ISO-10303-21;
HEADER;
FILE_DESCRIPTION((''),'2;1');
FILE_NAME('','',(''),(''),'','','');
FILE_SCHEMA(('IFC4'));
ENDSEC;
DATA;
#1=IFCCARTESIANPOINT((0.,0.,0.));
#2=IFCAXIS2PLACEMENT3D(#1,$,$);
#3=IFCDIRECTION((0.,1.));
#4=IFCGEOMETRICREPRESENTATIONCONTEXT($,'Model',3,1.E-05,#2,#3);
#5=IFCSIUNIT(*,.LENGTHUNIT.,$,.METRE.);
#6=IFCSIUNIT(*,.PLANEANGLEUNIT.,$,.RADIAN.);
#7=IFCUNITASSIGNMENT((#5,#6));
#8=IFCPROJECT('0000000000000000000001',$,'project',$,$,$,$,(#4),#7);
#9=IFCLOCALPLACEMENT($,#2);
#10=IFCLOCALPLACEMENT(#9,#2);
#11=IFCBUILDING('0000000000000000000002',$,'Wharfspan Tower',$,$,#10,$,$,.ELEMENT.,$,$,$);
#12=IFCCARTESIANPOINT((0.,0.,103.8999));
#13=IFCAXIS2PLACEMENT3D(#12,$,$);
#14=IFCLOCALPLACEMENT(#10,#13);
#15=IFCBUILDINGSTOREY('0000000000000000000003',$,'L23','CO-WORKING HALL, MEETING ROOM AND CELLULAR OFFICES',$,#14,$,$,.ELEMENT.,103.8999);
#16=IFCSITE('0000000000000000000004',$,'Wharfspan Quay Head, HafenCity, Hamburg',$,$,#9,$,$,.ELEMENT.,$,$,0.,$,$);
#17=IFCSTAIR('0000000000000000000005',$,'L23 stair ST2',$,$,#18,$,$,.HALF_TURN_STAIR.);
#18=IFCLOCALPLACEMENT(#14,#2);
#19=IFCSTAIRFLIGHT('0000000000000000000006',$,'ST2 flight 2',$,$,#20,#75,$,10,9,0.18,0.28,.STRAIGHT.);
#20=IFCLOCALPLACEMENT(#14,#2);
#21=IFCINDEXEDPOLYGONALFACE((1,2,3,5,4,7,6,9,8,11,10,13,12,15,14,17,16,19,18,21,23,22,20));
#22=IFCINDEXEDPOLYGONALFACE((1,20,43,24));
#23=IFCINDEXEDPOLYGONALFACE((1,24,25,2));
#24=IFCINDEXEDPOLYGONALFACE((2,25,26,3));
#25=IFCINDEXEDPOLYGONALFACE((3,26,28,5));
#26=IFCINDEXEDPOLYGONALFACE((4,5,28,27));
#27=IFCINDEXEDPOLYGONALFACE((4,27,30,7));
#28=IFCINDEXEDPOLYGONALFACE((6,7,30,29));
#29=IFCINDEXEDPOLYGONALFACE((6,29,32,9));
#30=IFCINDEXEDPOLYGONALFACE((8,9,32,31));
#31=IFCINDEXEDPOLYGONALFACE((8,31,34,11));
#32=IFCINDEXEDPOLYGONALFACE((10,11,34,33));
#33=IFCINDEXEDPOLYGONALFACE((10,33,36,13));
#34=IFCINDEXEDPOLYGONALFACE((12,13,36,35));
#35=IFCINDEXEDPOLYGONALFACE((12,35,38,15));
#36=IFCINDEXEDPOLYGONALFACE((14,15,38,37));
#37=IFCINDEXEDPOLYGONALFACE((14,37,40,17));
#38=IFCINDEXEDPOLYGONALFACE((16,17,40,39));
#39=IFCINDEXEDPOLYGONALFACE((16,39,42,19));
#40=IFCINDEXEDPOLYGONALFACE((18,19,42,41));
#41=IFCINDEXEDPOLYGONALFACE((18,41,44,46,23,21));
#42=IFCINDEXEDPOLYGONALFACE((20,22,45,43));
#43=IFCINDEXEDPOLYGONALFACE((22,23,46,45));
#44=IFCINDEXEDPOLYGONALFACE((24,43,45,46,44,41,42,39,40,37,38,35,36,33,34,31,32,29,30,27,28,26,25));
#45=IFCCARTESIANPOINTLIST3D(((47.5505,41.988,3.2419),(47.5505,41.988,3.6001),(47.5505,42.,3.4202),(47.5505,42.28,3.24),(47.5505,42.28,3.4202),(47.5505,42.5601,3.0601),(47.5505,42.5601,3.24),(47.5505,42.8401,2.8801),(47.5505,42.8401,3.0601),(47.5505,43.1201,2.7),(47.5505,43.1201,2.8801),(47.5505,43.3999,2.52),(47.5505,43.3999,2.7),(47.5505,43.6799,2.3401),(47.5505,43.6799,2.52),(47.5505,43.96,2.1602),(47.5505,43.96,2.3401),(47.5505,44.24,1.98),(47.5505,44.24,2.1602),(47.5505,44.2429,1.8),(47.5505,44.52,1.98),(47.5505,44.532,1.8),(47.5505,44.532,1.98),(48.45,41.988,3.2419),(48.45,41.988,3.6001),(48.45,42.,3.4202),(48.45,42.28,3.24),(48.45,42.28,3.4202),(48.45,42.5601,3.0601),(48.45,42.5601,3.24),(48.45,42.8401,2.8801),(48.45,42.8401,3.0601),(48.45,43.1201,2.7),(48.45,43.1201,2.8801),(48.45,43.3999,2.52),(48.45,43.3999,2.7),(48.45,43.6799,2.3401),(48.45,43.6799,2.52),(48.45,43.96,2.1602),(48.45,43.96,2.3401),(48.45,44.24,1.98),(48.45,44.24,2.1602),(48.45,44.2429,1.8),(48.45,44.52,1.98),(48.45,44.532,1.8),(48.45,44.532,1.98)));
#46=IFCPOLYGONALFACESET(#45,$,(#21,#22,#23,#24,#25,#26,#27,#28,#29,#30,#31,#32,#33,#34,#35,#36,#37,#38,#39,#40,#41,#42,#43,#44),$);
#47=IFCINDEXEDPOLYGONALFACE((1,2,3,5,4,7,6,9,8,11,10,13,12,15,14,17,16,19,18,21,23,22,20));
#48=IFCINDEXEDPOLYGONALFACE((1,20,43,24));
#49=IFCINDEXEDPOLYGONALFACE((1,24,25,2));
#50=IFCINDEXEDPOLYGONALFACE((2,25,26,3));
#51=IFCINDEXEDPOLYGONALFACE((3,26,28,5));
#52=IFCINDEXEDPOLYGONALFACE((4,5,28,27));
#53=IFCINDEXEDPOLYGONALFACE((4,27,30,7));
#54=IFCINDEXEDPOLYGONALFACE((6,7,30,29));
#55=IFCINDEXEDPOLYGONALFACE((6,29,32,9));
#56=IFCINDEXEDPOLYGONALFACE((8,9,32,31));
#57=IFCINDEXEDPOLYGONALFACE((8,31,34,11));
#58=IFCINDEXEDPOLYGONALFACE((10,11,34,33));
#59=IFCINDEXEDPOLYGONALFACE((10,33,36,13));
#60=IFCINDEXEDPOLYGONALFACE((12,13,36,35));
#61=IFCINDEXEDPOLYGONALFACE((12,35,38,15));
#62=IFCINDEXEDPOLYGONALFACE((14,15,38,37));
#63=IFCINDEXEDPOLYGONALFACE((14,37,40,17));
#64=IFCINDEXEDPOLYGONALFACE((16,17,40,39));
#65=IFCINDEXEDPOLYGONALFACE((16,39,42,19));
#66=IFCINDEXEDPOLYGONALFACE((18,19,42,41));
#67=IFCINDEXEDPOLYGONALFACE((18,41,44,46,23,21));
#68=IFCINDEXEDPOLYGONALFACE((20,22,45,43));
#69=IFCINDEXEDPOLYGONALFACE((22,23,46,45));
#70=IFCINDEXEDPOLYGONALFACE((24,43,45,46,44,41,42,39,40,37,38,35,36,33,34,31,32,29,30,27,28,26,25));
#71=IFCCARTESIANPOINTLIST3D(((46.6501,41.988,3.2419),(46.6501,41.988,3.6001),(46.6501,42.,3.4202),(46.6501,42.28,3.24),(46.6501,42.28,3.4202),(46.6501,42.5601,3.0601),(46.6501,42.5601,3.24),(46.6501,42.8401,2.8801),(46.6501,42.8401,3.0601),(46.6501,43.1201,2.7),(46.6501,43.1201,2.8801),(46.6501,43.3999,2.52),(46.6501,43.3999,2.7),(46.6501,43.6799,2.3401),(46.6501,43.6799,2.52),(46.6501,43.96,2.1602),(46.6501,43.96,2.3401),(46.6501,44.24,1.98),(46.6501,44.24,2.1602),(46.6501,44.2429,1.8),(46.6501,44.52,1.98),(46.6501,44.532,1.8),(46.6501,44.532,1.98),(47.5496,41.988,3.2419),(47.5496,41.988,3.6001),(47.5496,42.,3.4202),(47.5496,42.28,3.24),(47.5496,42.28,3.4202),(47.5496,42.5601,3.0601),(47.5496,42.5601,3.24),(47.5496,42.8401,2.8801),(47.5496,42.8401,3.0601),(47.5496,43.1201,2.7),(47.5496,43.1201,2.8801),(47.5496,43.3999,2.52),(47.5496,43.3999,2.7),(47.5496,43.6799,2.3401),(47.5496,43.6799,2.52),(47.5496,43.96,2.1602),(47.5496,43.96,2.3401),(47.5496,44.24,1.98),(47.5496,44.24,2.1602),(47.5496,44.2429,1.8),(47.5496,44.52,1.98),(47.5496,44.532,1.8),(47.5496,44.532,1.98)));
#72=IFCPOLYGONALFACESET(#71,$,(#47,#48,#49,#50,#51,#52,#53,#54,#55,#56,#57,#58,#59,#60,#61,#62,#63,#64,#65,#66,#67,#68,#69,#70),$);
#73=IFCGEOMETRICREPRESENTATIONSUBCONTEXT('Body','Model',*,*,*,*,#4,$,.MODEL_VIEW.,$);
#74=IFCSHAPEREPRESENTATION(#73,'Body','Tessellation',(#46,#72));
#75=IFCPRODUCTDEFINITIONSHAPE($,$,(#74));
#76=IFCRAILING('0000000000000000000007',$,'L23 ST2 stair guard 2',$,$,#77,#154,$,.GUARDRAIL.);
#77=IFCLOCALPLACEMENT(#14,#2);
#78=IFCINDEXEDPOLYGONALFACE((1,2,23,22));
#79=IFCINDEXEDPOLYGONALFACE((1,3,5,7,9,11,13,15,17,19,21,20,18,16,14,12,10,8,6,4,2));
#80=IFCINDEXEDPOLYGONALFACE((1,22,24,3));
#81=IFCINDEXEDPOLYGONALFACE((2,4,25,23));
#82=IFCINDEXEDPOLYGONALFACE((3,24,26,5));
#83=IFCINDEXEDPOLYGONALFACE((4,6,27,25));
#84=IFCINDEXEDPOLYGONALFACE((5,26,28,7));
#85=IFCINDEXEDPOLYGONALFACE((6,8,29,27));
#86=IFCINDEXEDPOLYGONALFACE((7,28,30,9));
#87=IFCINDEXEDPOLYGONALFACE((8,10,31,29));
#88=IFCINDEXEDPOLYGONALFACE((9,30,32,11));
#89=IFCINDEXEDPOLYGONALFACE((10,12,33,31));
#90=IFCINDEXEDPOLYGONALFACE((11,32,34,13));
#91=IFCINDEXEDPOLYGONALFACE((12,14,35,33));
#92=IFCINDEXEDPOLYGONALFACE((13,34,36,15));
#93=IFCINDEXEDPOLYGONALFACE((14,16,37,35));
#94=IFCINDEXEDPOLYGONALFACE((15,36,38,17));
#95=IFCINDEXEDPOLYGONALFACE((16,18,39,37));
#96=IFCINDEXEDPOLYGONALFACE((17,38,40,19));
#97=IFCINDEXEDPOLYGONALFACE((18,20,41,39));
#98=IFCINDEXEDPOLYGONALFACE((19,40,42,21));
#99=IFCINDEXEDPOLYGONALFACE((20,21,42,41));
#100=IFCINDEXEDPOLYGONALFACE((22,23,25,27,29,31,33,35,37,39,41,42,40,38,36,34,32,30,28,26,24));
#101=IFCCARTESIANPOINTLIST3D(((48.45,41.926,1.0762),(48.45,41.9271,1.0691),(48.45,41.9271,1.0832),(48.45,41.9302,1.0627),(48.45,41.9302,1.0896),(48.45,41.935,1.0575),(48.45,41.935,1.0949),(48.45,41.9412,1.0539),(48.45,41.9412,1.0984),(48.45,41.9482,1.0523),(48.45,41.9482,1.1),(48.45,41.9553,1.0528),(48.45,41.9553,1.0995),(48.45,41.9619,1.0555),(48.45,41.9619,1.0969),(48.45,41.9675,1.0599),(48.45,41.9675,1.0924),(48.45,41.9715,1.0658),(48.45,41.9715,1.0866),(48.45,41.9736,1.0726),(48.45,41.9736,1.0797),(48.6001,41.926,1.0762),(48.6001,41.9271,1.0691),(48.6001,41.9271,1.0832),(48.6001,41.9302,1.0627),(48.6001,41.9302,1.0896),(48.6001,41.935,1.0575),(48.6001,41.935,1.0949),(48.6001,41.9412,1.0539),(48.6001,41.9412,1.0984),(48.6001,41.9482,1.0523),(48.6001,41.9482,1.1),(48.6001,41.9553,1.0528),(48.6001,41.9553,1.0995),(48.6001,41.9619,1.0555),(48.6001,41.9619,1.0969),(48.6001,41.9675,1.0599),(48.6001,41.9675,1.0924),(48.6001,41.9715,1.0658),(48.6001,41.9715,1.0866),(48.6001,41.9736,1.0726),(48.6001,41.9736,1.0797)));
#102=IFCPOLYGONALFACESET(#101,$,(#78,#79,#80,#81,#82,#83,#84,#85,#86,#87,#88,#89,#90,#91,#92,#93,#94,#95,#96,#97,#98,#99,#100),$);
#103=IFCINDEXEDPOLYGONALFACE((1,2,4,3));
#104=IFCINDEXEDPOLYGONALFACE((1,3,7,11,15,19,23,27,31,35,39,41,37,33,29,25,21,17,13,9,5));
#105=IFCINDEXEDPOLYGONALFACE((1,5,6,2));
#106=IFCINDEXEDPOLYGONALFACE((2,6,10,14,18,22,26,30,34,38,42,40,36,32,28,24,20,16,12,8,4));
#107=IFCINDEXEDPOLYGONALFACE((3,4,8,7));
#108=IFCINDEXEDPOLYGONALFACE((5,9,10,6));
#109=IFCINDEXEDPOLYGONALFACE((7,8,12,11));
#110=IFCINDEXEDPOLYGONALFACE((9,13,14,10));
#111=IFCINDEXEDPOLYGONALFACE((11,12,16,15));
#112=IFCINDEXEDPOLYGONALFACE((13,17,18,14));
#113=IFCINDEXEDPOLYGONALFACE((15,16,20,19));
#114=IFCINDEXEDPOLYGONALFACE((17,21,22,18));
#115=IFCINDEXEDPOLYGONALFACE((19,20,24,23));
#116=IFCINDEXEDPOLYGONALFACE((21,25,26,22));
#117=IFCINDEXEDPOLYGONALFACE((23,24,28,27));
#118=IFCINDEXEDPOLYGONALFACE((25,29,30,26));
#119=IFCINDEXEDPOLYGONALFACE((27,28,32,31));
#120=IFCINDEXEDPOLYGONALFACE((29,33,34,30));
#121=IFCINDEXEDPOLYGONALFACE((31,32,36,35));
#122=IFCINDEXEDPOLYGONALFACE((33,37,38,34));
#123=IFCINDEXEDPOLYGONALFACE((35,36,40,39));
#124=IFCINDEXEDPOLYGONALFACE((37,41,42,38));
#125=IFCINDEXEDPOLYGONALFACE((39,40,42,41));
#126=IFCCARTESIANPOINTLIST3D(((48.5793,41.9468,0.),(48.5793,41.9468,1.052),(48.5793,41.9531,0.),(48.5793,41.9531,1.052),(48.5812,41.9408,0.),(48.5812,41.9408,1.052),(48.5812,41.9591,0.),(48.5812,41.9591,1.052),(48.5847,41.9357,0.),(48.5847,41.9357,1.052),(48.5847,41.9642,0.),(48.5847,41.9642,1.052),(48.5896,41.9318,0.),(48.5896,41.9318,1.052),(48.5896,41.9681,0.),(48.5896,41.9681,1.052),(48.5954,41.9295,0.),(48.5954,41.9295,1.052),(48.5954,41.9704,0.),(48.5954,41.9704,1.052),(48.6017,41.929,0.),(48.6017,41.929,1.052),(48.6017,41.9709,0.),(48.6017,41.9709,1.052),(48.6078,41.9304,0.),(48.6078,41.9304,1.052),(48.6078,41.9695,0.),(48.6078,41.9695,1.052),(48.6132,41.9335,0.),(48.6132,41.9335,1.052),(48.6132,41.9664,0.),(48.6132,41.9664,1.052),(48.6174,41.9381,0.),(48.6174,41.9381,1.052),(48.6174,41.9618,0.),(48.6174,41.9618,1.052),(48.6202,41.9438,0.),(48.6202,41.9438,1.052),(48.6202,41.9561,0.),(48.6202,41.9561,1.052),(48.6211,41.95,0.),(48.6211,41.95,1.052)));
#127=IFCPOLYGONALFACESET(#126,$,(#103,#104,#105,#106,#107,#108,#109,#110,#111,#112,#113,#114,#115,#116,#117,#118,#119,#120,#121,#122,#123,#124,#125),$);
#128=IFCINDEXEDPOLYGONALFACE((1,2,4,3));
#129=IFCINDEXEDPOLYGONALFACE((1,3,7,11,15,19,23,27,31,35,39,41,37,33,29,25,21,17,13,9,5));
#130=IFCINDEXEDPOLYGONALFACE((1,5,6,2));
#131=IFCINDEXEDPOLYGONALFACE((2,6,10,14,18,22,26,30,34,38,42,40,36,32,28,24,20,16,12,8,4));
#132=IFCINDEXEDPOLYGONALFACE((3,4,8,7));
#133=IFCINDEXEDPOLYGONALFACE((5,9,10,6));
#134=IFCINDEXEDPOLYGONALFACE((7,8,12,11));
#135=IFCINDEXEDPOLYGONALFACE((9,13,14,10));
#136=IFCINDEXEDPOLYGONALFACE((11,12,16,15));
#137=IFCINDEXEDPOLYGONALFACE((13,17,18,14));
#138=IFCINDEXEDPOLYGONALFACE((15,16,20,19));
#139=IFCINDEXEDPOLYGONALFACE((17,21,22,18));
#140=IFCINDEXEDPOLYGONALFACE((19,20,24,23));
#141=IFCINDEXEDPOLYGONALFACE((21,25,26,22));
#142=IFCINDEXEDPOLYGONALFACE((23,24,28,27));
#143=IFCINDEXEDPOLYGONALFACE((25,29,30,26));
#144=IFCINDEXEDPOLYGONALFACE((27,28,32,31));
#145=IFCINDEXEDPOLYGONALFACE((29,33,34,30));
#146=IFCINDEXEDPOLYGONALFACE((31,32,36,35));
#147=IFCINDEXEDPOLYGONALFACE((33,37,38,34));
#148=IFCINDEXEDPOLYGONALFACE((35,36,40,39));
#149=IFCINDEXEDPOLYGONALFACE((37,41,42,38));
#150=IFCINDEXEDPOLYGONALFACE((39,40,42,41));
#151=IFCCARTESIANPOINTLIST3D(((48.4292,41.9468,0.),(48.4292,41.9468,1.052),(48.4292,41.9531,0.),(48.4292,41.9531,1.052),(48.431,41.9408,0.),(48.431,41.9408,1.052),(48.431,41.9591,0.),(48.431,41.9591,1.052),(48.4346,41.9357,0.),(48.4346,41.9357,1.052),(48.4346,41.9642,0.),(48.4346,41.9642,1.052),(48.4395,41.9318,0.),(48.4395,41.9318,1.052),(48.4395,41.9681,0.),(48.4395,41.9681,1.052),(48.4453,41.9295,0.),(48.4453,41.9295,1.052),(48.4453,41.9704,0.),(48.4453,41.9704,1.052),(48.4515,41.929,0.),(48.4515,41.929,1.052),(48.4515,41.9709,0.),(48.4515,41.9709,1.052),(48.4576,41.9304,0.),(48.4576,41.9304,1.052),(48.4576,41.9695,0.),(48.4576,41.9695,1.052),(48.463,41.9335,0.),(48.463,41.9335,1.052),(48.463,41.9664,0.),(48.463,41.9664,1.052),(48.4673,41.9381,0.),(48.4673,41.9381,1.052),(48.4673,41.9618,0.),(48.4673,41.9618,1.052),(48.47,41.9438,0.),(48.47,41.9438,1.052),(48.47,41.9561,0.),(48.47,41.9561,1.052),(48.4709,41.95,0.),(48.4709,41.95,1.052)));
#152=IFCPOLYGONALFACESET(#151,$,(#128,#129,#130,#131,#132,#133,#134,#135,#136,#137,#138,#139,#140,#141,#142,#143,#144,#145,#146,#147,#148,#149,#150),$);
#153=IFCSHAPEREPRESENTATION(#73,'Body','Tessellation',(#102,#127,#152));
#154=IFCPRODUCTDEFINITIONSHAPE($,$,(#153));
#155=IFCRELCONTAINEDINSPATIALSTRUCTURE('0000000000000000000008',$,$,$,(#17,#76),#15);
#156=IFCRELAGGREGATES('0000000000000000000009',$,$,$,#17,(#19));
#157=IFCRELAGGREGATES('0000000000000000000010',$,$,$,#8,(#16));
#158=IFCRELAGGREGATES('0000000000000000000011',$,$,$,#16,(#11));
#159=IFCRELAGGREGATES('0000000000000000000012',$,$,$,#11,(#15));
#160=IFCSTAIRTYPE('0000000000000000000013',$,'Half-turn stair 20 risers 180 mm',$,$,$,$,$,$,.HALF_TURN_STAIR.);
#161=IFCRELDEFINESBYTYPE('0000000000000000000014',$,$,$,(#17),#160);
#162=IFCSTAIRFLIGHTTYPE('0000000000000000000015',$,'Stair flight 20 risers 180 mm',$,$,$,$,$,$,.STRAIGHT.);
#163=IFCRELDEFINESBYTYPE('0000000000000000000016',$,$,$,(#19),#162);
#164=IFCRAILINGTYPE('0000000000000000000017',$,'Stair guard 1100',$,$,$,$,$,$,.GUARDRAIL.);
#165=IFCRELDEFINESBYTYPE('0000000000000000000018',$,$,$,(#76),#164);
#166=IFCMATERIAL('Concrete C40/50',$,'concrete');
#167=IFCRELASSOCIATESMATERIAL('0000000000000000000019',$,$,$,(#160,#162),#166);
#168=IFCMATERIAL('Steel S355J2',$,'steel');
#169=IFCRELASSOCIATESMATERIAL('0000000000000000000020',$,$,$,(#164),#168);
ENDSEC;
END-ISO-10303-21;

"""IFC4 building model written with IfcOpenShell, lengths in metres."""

from ifc_helpers import new_model, si_unit, direction, frame, origin, origin_2d, place, context, subcontext, project, spatial, polyline, circle, outline, extrude, material, type_object, element, aggregate, save


model = new_model("IFC4")

# Units and contexts
model_context = context("Model", 3, precision=1e-05, world=origin(), true_north=direction((0.0, 1.0)))
body_context = subcontext(model_context, "Body", "Model", "MODEL_VIEW")
ifc_project = project(units=[si_unit("LENGTHUNIT", "METRE"), si_unit("PLANEANGLEUNIT", "RADIAN")], contexts=[model_context])

# Site, building, storey
site_placement = place(None, origin())
site = spatial("IfcSite", under=ifc_project, at=site_placement, Name="Wharfspan Quay Head, HafenCity, Hamburg", CompositionType="ELEMENT", RefElevation=0.0)
building_placement = place(site_placement, origin())
building = spatial("IfcBuilding", under=site, at=building_placement, Name="Wharfspan Tower", CompositionType="ELEMENT")
storey_placement = place(building_placement, frame((0.0, 0.0, 103.8999)))
storey = spatial("IfcBuildingStorey", under=building, at=storey_placement, Name="L23", Description="CO-WORKING HALL, MEETING ROOM AND CELLULAR OFFICES", CompositionType="ELEMENT", Elevation=103.8999)

# Shared definitions
ifc_material_1 = material(Name="Steel S355J2", Category="steel")

# Shared definitions
ifc_material_2 = material(Name="Concrete C40/50", Category="concrete")

# Stair, stair flight
stair_type = type_object("IfcStairType", Name="Half-turn stair 20 risers 180 mm", PredefinedType="HALF_TURN_STAIR", material=ifc_material_2)
stair_placement = place(storey_placement, origin())
stair = element("IfcStair", 1, at=stair_placement, inside=storey, type_object=stair_type, Name="L23 stair ST2", PredefinedType="HALF_TURN_STAIR")
stair_flight_type = type_object("IfcStairFlightType", Name="Stair flight 20 risers 180 mm", PredefinedType="STRAIGHT", material=ifc_material_2)
stair_flight_1_placement = place(storey_placement, frame((47.55, 44.52, 1.8), z_axis=(0.0, 0.0, 1.0), x_axis=(0.0, -1.0, 0.0)))
stair_flight_1 = element("IfcStairFlight", 2, at=stair_flight_1_placement, type_object=stair_flight_type, Name="ST2 flight 2", NumberOfRisers=10, NumberOfTreads=9, PredefinedType="STRAIGHT", RiserHeight=0.18, TreadLength=0.28, context=body_context, shape_type="SweptSolid", body=[
    extrude(outline(polyline([(-0.012, 0.0), (-0.012, 0.1799), (0.0, 0.1799), (0.28, 0.1799), (0.28, 0.3601), (0.5601, 0.3601), (0.5601, 0.54), (0.8401, 0.54), (0.8401, 0.72), (1.1201, 0.72), (1.1201, 0.8999), (1.3999, 0.8999), (1.3999, 1.0801), (1.6799, 1.0801), (1.6799, 1.26), (1.96, 1.26), (1.96, 1.4399), (2.24, 1.4399), (2.24, 1.6201), (2.52, 1.6201), (2.532, 1.8), (2.532, 1.4419), (0.2771, 0.0), (-0.012, 0.0)])), frame((0.0, 0.8999, 0.0), z_axis=(0.0, -1.0, 0.0), x_axis=(1.0, 0.0, 0.0)), (0.0, 0.0, 1.0), 0.8994),
    extrude(outline(polyline([(-0.012, 0.0), (-0.012, 0.1799), (0.0, 0.1799), (0.28, 0.1799), (0.28, 0.3601), (0.5601, 0.3601), (0.5601, 0.54), (0.8401, 0.54), (0.8401, 0.72), (1.1201, 0.72), (1.1201, 0.8999), (1.3999, 0.8999), (1.3999, 1.0801), (1.6799, 1.0801), (1.6799, 1.26), (1.96, 1.26), (1.96, 1.4399), (2.24, 1.4399), (2.24, 1.6201), (2.52, 1.6201), (2.532, 1.8), (2.532, 1.4419), (0.2771, 0.0), (-0.012, 0.0)])), frame((0.0, -0.0005, 0.0), z_axis=(0.0, -1.0, 0.0), x_axis=(1.0, 0.0, 0.0)), (0.0, 0.0, 1.0), 0.8994),
])
aggregate(stair, [stair_flight_1])

# Railing
railing_type_1 = type_object("IfcRailingType", Name="Stair guard 1100", PredefinedType="GUARDRAIL", material=ifc_material_1)
railing_1_placement = place(storey_placement, frame((48.6001, 41.95, 0.0)))
element("IfcRailing", 3, at=railing_1_placement, inside=storey, type_object=railing_type_1, Name="L23 ST2 stair guard 2", PredefinedType="GUARDRAIL", context=body_context, shape_type="SweptSolid", body=[
    extrude(circle(Radius=0.0239, at=origin_2d()), frame((0.0, 0.0, 1.0762), z_axis=(-1.0, 0.0, 0.0), x_axis=(0.0, -1.0, 0.0)), (0.0, 0.0, 1.0), 0.1501),
    extrude(circle(Radius=0.021, at=origin_2d()), origin(), (0.0, 0.0, 1.0), 1.052),
    extrude(circle(Radius=0.021, at=origin_2d()), frame((-0.1501, 0.0, 0.0)), (0.0, 0.0, 1.0), 1.052),
])

save(model, "model.ifc")
